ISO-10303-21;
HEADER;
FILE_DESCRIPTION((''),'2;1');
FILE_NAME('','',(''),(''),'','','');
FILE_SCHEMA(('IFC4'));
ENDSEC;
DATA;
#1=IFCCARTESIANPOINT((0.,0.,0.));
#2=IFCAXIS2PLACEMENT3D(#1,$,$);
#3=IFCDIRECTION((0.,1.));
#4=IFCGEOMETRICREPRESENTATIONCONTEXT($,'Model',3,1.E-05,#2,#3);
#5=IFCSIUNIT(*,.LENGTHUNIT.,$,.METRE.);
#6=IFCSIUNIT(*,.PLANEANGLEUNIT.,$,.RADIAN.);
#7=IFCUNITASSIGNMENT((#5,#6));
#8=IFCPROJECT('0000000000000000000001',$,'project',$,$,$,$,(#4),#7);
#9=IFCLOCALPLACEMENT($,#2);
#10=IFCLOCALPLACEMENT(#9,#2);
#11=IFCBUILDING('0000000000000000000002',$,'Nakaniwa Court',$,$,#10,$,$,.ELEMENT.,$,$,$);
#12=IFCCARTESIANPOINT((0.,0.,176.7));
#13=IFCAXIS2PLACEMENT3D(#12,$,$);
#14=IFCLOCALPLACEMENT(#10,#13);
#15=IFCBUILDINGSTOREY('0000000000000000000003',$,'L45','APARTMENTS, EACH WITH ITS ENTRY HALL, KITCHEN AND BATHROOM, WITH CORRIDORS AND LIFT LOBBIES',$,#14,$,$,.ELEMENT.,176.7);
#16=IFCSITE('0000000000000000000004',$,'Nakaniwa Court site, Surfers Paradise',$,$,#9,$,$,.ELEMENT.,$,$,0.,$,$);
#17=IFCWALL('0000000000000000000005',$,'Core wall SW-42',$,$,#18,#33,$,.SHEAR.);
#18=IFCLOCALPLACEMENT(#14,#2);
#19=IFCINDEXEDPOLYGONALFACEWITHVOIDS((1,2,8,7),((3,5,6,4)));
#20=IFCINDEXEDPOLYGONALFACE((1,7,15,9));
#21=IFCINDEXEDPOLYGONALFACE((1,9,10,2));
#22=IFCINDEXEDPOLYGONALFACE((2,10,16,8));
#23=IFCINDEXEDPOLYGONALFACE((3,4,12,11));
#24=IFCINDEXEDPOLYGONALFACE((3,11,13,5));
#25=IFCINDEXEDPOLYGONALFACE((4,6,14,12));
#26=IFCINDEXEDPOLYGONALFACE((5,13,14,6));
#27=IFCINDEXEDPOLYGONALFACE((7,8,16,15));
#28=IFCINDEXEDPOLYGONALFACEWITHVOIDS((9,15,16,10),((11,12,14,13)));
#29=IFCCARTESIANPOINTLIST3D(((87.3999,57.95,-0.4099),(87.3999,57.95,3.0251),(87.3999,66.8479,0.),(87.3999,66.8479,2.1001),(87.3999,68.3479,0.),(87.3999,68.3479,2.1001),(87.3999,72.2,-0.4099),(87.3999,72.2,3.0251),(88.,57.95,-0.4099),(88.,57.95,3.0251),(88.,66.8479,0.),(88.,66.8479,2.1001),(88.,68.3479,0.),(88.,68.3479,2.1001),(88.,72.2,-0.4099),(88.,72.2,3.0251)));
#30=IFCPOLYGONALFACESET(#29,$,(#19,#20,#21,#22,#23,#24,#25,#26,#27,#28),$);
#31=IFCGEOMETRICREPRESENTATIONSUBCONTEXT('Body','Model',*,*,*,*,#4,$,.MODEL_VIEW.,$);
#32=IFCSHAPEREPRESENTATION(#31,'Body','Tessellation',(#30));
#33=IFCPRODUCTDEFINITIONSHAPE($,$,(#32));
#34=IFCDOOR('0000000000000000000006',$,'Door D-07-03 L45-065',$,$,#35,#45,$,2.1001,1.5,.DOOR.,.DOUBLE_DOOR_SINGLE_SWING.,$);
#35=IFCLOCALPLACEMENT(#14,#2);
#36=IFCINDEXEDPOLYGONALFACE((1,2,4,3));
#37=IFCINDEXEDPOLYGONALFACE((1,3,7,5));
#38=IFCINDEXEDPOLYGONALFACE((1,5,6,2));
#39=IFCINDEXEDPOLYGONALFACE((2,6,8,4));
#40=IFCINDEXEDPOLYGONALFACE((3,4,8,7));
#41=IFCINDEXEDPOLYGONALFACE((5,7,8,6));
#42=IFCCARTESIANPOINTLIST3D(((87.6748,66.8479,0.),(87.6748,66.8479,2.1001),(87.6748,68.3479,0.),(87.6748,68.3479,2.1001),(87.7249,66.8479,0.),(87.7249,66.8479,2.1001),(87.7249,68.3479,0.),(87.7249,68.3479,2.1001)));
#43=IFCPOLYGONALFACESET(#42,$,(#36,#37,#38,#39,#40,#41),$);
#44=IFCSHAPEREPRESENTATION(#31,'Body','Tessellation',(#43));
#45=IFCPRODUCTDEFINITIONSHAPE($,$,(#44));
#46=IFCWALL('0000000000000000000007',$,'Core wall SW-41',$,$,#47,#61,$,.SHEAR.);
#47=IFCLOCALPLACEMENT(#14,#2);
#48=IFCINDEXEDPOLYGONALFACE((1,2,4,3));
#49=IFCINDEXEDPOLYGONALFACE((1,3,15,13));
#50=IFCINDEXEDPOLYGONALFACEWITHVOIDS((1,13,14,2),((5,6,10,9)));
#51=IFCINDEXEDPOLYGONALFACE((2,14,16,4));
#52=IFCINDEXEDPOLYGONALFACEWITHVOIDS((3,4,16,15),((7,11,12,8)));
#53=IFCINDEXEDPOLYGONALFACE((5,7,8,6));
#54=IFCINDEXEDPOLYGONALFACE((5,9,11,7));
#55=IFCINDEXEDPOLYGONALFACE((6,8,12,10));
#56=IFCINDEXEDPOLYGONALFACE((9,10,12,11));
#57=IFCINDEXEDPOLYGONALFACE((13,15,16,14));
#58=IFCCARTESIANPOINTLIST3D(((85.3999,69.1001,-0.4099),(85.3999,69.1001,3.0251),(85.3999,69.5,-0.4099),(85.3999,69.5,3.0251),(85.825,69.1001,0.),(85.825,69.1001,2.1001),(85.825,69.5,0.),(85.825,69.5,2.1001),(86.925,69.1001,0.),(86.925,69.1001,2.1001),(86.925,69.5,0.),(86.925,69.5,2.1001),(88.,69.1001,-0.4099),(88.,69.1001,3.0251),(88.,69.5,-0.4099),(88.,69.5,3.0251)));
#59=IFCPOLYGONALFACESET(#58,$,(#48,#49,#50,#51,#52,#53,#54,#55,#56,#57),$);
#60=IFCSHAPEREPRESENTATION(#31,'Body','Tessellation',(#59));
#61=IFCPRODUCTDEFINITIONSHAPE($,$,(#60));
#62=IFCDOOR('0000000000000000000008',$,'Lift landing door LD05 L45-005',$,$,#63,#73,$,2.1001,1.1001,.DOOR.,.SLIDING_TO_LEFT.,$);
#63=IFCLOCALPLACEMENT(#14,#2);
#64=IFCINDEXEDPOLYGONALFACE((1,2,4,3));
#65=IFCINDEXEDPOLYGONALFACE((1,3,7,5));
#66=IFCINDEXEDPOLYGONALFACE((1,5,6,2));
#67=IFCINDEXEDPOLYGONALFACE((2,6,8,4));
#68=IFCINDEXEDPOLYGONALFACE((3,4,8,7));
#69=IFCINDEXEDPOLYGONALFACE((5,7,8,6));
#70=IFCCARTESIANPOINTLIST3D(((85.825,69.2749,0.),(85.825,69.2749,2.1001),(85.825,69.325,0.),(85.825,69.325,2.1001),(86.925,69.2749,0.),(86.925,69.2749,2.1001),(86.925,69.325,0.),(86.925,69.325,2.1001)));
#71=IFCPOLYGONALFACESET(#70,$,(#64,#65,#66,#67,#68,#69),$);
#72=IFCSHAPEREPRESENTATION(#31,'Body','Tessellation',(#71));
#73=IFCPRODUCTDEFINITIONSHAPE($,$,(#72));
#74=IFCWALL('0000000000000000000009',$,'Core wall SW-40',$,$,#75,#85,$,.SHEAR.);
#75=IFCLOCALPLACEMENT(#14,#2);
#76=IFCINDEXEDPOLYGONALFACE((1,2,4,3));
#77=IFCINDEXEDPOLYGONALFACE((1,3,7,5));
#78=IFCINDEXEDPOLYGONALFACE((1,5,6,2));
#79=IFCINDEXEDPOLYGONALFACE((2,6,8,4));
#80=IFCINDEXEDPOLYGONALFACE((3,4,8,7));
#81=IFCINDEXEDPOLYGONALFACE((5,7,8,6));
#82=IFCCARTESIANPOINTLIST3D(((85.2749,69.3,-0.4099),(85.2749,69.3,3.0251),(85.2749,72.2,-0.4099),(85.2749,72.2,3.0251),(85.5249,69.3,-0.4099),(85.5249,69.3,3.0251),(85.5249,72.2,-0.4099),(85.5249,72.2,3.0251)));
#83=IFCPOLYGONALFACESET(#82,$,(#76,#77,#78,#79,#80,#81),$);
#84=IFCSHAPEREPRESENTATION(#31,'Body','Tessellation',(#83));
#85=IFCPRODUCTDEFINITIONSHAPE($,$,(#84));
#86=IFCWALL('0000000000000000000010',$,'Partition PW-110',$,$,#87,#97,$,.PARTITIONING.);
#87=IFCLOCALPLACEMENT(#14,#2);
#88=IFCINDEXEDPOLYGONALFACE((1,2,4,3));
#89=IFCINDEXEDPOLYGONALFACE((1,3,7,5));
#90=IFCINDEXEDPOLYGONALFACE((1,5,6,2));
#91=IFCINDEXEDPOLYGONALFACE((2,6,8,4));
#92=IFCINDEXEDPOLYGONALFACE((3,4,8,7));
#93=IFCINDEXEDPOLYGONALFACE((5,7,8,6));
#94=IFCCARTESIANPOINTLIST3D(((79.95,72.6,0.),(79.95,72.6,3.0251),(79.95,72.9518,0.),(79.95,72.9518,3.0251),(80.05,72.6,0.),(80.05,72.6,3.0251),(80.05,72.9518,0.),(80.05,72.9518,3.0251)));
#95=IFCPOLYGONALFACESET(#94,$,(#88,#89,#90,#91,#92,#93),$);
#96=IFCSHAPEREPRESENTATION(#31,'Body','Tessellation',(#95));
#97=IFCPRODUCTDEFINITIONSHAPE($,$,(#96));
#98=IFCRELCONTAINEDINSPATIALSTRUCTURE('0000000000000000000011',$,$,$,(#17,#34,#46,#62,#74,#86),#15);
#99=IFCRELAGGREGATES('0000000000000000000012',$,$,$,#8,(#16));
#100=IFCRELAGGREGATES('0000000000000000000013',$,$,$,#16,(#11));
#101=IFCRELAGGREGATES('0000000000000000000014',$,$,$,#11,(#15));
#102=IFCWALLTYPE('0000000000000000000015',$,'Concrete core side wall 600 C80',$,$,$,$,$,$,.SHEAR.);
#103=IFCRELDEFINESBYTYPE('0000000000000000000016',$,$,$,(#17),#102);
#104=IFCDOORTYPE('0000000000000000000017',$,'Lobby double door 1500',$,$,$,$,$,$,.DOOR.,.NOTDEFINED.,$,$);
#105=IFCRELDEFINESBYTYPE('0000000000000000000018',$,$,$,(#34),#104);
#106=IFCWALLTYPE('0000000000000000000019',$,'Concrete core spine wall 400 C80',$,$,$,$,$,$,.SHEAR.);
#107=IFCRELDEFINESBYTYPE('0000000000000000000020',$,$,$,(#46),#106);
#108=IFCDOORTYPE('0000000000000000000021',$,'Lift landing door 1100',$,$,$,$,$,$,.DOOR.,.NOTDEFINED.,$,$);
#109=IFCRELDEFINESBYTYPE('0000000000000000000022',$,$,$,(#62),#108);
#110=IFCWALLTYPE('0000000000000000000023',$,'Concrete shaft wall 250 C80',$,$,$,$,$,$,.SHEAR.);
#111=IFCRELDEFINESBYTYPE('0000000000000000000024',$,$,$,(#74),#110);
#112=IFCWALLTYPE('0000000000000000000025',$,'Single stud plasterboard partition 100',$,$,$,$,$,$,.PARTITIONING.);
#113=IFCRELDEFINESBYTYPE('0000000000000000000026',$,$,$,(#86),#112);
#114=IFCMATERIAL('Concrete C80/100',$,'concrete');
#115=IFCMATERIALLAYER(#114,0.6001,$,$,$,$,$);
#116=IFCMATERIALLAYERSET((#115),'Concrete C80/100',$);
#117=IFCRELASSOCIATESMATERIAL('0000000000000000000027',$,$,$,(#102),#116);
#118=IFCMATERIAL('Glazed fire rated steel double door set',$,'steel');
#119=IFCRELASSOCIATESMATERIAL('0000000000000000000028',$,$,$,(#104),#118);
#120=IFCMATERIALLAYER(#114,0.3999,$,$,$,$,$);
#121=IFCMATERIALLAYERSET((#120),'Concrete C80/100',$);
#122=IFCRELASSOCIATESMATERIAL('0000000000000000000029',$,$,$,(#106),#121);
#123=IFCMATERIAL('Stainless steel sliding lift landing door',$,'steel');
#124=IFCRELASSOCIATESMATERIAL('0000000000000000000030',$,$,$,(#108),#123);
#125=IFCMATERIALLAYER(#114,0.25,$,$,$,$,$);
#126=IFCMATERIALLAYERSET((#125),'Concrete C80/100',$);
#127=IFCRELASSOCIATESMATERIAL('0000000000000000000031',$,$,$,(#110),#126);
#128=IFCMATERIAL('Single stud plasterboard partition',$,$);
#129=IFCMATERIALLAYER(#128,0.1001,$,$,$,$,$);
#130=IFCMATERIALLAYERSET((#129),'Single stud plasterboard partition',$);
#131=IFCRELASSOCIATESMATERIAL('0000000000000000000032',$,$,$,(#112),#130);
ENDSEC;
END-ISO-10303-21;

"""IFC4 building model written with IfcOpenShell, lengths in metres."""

from ifc_helpers import new_model, si_unit, direction, frame, frame_2d, origin, place, context, subcontext, project, spatial, rectangle, extrude, material, layer, layer_set, type_object, element, fill, save


model = new_model("IFC4")

# Units and contexts
model_context = context("Model", 3, precision=1e-05, world=origin(), true_north=direction((0.0, 1.0)))
body_context = subcontext(model_context, "Body", "Model", "MODEL_VIEW")
ifc_project = project(units=[si_unit("LENGTHUNIT", "METRE"), si_unit("PLANEANGLEUNIT", "RADIAN")], contexts=[model_context])

# Site, building, storey
site_placement = place(None, origin())
site = spatial("IfcSite", under=ifc_project, at=site_placement, Name="Nakaniwa Court site, Surfers Paradise", CompositionType="ELEMENT", RefElevation=0.0)
building_placement = place(site_placement, origin())
building = spatial("IfcBuilding", under=site, at=building_placement, Name="Nakaniwa Court", CompositionType="ELEMENT")
storey_placement = place(building_placement, frame((0.0, 0.0, 176.7)))
storey = spatial("IfcBuildingStorey", under=building, at=storey_placement, Name="L45", Description="APARTMENTS, EACH WITH ITS ENTRY HALL, KITCHEN AND BATHROOM, WITH CORRIDORS AND LIFT LOBBIES", CompositionType="ELEMENT", Elevation=176.7)

# Shared definitions
ifc_material_1 = material(Name="Concrete C80/100", Category="concrete")

# Walls, openings, doors
ifc_layer_1 = layer(ifc_material_1, 0.6001)
ifc_layer_set_1 = layer_set([ifc_layer_1], Name="Concrete C80/100")
wall_type_1 = type_object("IfcWallType", Name="Concrete core side wall 600 C80", PredefinedType="SHEAR", material=ifc_layer_set_1)
wall_1_placement = place(storey_placement, frame((87.7, 72.2, -0.4099), z_axis=(0.0, 0.0, 1.0), x_axis=(0.0, -1.0, 0.0)))
wall_1 = element("IfcWall", 1, at=wall_1_placement, inside=storey, type_object=wall_type_1, Name="Core wall SW-42", PredefinedType="SHEAR", context=body_context, shape_type="SweptSolid", body=[
    extrude(rectangle(XDim=14.25, YDim=0.6001, at=frame_2d((7.125, 0.0))), origin(), (0.0, 0.0, 1.0), 3.4351),
])
opening_1_placement = place(wall_1_placement, frame((3.8521, 0.0, 0.4099)))
opening_1 = element("IfcOpeningElement", 2, at=opening_1_placement, cuts=wall_1, PredefinedType="OPENING", context=body_context, shape_type="SweptSolid", body=[
    extrude(rectangle(XDim=1.5, YDim=2.1001, at=frame_2d((0.75, 1.05))), frame((0.0, 0.3101, 0.0), z_axis=(0.0, -1.0, 0.0), x_axis=(1.0, 0.0, 0.0)), (0.0, 0.0, 1.0), 0.6201),
])
ifc_material_2 = material(Name="Glazed fire rated steel double door set", Category="steel")
door_type_1 = type_object("IfcDoorType", Name="Lobby double door 1500", OperationType="NOTDEFINED", PredefinedType="DOOR", material=ifc_material_2)
door_1_placement = place(opening_1_placement, origin())
door_1 = element("IfcDoor", 3, at=door_1_placement, inside=storey, type_object=door_type_1, Name="Door D-07-03 L45-065", OperationType="DOUBLE_DOOR_SINGLE_SWING", OverallHeight=2.1001, OverallWidth=1.5, PredefinedType="DOOR", context=body_context, shape_type="SweptSolid", body=[
    extrude(rectangle(XDim=1.5, YDim=2.1001, at=frame_2d((0.75, 1.05))), frame((0.0, 0.0249, 0.0), z_axis=(0.0, -1.0, 0.0), x_axis=(1.0, 0.0, 0.0)), (0.0, 0.0, 1.0), 0.05),
])
fill(opening_1, door_1)
ifc_layer_2 = layer(ifc_material_1, 0.3999)
ifc_layer_set_2 = layer_set([ifc_layer_2], Name="Concrete C80/100")
wall_type_2 = type_object("IfcWallType", Name="Concrete core spine wall 400 C80", PredefinedType="SHEAR", material=ifc_layer_set_2)
wall_2_placement = place(storey_placement, frame((85.3999, 69.3, -0.4099), z_axis=(0.0, 0.0, 1.0), x_axis=(1.0, 0.0, 0.0)))
wall_2 = element("IfcWall", 4, at=wall_2_placement, inside=storey, type_object=wall_type_2, Name="Core wall SW-41", PredefinedType="SHEAR", context=body_context, shape_type="SweptSolid", body=[
    extrude(rectangle(XDim=2.6001, YDim=0.3999, at=frame_2d((1.3, 0.0))), origin(), (0.0, 0.0, 1.0), 3.4351),
])
opening_2_placement = place(wall_2_placement, frame((0.425, 0.0, 0.4099)))
opening_2 = element("IfcOpeningElement", 5, at=opening_2_placement, cuts=wall_2, PredefinedType="OPENING", context=body_context, shape_type="SweptSolid", body=[
    extrude(rectangle(XDim=1.1001, YDim=2.1001, at=frame_2d((0.55, 1.05))), frame((0.0, 0.21, 0.0), z_axis=(0.0, -1.0, 0.0), x_axis=(1.0, 0.0, 0.0)), (0.0, 0.0, 1.0), 0.4199),
])
ifc_material_3 = material(Name="Stainless steel sliding lift landing door", Category="steel")
door_type_2 = type_object("IfcDoorType", Name="Lift landing door 1100", OperationType="NOTDEFINED", PredefinedType="DOOR", material=ifc_material_3)
door_2_placement = place(opening_2_placement, origin())
door_2 = element("IfcDoor", 6, at=door_2_placement, inside=storey, type_object=door_type_2, Name="Lift landing door LD05 L45-005", OperationType="SLIDING_TO_LEFT", OverallHeight=2.1001, OverallWidth=1.1001, PredefinedType="DOOR", context=body_context, shape_type="SweptSolid", body=[
    extrude(rectangle(XDim=1.1001, YDim=2.1001, at=frame_2d((0.55, 1.05))), frame((0.0, 0.0249, 0.0), z_axis=(0.0, -1.0, 0.0), x_axis=(1.0, 0.0, 0.0)), (0.0, 0.0, 1.0), 0.05),
])
fill(opening_2, door_2)

# Walls
ifc_layer_3 = layer(ifc_material_1, 0.25)
ifc_layer_set_3 = layer_set([ifc_layer_3], Name="Concrete C80/100")
wall_type_3 = type_object("IfcWallType", Name="Concrete shaft wall 250 C80", PredefinedType="SHEAR", material=ifc_layer_set_3)
wall_3_placement = place(storey_placement, frame((85.3999, 69.3, -0.4099), z_axis=(0.0, 0.0, 1.0), x_axis=(0.0, 1.0, 0.0)))
element("IfcWall", 7, at=wall_3_placement, inside=storey, type_object=wall_type_3, Name="Core wall SW-40", PredefinedType="SHEAR", context=body_context, shape_type="SweptSolid", body=[
    extrude(rectangle(XDim=2.8999, YDim=0.25, at=frame_2d((1.45, 0.0))), origin(), (0.0, 0.0, 1.0), 3.4351),
])
ifc_material_4 = material(Name="Single stud plasterboard partition")
ifc_layer_4 = layer(ifc_material_4, 0.1001)
ifc_layer_set_4 = layer_set([ifc_layer_4], Name="Single stud plasterboard partition")
wall_type_4 = type_object("IfcWallType", Name="Single stud plasterboard partition 100", PredefinedType="PARTITIONING", material=ifc_layer_set_4)
wall_4_placement = place(storey_placement, frame((80.0, 72.6001, 0.0), z_axis=(0.0, 0.0, 1.0), x_axis=(0.0, 1.0, 0.0)))
element("IfcWall", 8, at=wall_4_placement, inside=storey, type_object=wall_type_4, Name="Partition PW-110", PredefinedType="PARTITIONING", context=body_context, shape_type="SweptSolid", body=[
    extrude(rectangle(XDim=0.3518, YDim=0.1001, at=frame_2d((0.1758, 0.0))), origin(), (0.0, 0.0, 1.0), 3.0251),
])

save(model, "model.ifc")
